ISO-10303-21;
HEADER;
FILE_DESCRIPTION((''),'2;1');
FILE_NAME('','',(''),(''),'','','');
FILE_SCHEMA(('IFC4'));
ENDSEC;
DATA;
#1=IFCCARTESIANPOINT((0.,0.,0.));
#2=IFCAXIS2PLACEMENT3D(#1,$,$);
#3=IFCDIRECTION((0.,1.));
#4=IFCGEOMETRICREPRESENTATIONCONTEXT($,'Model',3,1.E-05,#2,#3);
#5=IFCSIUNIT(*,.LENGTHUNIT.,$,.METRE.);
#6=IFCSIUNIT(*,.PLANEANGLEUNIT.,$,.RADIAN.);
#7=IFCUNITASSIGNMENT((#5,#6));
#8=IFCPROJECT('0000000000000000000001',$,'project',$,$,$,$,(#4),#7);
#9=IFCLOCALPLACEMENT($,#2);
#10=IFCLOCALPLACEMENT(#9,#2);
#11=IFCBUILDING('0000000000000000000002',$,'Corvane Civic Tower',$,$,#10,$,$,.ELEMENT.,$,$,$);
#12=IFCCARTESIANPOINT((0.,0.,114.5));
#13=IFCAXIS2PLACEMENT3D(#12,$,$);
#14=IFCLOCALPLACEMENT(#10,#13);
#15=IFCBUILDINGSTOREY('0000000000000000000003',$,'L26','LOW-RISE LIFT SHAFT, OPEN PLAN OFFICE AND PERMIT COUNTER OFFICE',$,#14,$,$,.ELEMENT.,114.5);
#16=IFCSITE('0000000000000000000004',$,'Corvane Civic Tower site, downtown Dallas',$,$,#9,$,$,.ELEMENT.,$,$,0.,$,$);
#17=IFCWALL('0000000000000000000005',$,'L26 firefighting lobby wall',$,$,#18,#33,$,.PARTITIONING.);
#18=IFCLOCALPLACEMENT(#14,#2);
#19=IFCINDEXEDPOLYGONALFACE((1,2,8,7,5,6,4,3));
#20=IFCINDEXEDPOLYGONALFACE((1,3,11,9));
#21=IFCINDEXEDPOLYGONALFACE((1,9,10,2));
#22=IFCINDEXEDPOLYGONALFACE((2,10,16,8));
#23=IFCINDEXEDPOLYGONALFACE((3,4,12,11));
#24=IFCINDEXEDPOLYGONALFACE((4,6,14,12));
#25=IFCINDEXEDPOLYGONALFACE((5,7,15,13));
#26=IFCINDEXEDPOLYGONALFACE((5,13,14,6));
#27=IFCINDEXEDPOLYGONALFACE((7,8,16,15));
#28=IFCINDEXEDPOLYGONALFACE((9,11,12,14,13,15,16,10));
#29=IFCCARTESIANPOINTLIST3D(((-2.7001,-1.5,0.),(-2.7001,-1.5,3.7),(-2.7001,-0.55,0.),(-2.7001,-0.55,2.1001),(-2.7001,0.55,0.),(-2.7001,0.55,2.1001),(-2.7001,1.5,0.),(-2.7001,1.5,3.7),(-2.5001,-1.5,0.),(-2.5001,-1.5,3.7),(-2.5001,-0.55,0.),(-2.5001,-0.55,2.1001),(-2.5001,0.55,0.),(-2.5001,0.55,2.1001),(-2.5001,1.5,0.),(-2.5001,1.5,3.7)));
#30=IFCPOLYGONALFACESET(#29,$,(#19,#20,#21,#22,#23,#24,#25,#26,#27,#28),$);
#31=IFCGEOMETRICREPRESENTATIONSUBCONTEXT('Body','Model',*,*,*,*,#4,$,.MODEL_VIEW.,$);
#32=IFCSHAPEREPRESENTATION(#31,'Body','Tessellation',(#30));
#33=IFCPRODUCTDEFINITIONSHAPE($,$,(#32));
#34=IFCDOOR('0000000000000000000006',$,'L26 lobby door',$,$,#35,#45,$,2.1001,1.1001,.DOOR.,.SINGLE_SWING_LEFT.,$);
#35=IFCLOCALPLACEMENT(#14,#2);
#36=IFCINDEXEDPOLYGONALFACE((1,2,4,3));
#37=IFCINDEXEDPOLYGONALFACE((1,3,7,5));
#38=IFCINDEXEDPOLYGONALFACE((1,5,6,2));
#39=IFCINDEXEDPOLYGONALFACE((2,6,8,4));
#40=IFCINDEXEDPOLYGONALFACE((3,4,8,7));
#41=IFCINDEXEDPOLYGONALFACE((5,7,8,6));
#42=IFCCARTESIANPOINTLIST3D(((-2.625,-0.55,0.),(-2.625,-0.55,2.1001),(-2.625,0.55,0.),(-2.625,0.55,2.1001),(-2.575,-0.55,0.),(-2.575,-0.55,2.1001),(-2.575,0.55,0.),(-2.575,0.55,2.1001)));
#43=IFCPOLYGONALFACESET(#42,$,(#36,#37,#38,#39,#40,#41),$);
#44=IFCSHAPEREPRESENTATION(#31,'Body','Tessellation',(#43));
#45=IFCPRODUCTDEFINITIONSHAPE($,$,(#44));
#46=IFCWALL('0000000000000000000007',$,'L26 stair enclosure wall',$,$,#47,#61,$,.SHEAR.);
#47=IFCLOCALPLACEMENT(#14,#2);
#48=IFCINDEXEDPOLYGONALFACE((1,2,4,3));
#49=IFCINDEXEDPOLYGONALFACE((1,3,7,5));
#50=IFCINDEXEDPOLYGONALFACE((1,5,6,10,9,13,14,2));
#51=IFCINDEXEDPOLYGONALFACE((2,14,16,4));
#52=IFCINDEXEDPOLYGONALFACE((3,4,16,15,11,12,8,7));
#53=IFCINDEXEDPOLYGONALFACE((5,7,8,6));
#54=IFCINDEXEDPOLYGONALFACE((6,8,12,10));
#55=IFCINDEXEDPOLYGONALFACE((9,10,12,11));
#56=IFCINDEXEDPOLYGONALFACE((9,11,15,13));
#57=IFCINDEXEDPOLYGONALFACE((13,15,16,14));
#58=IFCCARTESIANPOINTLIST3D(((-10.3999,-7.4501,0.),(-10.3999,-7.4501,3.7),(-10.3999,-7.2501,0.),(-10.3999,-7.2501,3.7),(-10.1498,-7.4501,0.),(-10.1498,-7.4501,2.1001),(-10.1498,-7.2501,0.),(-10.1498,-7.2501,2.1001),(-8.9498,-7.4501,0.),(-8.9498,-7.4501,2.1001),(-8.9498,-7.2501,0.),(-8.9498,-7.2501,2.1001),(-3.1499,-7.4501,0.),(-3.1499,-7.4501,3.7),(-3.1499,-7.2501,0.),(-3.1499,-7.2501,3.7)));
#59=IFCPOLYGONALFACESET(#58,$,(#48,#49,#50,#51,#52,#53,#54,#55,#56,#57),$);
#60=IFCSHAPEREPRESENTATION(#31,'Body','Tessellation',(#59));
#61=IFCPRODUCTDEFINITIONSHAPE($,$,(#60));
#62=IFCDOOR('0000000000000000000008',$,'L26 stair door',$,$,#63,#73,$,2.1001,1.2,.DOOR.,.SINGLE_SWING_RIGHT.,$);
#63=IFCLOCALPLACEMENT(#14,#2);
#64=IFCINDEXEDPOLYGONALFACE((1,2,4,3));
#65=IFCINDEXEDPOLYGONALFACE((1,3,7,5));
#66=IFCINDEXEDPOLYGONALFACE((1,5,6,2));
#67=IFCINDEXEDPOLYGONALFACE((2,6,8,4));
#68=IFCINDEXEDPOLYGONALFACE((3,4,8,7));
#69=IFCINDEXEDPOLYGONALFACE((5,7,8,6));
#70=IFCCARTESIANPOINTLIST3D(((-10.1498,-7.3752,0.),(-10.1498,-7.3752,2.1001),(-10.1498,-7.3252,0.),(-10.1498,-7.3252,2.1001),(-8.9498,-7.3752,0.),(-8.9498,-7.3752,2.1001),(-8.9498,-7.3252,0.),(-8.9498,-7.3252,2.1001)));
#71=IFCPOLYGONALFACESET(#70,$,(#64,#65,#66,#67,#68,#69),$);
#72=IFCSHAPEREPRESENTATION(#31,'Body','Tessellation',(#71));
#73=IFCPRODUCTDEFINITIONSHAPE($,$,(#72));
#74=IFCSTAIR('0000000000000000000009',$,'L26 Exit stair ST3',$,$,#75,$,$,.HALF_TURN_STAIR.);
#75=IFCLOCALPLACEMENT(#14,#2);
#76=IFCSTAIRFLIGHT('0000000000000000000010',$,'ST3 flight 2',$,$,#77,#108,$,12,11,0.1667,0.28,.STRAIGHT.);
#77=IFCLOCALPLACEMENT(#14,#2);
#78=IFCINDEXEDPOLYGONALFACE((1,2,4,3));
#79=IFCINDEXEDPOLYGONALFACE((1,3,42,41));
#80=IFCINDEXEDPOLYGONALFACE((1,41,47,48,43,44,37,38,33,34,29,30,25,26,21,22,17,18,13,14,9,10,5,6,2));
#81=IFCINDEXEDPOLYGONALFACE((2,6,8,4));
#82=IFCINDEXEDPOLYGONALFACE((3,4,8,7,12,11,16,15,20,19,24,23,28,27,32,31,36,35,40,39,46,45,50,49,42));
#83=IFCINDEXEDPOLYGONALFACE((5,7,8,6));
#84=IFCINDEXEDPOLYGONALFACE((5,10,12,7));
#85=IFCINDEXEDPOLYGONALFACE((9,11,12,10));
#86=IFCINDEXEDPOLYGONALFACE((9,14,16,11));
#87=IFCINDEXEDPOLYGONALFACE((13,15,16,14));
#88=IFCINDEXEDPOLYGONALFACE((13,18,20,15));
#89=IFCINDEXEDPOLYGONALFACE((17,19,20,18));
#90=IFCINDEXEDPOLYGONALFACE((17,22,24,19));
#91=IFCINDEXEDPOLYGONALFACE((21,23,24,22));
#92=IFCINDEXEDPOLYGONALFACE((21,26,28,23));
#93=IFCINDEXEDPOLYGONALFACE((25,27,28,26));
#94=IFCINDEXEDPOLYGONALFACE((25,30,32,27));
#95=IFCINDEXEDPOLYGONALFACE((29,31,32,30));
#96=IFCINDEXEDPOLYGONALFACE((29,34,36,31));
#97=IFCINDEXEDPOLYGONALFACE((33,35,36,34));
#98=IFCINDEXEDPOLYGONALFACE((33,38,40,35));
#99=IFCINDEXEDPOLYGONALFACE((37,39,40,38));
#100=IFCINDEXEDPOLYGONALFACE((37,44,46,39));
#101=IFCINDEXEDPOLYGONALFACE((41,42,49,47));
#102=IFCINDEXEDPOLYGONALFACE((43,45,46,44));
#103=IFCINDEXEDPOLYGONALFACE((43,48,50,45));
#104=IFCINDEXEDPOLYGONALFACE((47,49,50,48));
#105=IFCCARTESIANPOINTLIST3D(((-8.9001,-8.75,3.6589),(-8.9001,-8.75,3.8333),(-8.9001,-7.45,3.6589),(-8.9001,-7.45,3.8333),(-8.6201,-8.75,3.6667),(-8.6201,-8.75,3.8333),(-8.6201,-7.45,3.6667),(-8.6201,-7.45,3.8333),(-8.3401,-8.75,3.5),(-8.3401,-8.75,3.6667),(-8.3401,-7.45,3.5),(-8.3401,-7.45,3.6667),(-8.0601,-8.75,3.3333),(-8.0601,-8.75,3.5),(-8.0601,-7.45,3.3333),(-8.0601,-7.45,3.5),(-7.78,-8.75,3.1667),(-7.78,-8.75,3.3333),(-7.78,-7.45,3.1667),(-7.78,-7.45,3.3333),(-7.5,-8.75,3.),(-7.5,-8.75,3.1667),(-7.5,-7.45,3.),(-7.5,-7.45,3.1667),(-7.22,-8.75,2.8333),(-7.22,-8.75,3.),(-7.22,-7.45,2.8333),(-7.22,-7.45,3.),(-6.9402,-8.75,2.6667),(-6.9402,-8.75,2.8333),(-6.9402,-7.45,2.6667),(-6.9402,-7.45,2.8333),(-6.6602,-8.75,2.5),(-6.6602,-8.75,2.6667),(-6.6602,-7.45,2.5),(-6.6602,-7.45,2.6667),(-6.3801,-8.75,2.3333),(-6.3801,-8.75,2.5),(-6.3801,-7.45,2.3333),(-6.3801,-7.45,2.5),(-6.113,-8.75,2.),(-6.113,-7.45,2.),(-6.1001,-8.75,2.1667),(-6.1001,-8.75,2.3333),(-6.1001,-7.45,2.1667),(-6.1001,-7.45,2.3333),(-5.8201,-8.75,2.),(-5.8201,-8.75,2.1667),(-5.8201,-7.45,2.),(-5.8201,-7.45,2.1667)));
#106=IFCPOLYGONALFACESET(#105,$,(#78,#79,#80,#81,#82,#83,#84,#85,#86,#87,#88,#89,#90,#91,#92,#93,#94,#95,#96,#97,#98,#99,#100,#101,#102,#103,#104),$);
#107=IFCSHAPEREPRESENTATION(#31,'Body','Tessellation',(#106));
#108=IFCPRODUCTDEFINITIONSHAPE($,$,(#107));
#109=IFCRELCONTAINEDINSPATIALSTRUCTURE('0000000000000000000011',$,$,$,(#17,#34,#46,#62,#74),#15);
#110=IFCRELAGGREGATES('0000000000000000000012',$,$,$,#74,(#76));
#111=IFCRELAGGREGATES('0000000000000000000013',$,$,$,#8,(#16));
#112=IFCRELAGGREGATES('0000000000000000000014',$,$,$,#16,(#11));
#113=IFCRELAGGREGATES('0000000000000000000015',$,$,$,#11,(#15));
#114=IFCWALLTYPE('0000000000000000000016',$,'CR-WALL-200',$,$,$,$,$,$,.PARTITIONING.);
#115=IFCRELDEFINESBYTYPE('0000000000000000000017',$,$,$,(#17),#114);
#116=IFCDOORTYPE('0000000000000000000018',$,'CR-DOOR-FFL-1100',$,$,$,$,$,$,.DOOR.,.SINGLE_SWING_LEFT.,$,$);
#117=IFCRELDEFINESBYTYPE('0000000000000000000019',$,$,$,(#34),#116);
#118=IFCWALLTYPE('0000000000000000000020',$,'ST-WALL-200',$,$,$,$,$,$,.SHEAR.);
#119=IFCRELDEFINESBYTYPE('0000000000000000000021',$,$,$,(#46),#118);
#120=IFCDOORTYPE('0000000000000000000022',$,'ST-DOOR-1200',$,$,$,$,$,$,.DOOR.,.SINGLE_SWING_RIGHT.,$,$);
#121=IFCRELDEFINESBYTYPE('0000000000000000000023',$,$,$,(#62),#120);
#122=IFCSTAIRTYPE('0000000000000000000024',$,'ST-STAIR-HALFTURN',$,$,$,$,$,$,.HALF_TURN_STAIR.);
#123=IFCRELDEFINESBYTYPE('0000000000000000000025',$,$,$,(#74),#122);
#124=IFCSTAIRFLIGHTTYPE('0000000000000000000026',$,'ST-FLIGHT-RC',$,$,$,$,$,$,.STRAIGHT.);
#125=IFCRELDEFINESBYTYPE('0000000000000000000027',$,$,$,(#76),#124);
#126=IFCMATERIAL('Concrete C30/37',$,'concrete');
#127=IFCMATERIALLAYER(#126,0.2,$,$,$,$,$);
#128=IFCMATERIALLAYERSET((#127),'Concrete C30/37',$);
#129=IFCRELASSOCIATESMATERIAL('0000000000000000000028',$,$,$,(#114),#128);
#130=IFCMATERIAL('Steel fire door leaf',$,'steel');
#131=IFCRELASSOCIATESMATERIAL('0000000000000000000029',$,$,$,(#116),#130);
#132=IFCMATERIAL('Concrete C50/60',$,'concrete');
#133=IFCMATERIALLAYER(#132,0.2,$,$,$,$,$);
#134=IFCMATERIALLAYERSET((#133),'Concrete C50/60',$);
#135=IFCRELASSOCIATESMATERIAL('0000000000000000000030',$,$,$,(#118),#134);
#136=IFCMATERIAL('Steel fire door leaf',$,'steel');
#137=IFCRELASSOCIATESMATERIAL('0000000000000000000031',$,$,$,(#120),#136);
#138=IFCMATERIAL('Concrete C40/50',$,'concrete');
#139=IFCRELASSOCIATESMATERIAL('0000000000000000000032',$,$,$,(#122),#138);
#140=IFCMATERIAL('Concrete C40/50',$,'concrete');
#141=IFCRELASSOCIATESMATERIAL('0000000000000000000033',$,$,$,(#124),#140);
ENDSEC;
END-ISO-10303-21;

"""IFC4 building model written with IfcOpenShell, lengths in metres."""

from ifc_helpers import new_model, si_unit, direction, frame, frame_2d, origin, place, context, subcontext, project, spatial, polyline, rectangle, outline, extrude, material, layer, layer_set, type_object, element, fill, aggregate, save


model = new_model("IFC4")

# Units and contexts
model_context = context("Model", 3, precision=1e-05, world=origin(), true_north=direction((0.0, 1.0)))
body_context = subcontext(model_context, "Body", "Model", "MODEL_VIEW")
ifc_project = project(units=[si_unit("LENGTHUNIT", "METRE"), si_unit("PLANEANGLEUNIT", "RADIAN")], contexts=[model_context])

# Site, building, storey
site_placement = place(None, origin())
site = spatial("IfcSite", under=ifc_project, at=site_placement, Name="Corvane Civic Tower site, downtown Dallas", CompositionType="ELEMENT", RefElevation=0.0)
building_placement = place(site_placement, origin())
building = spatial("IfcBuilding", under=site, at=building_placement, Name="Corvane Civic Tower", CompositionType="ELEMENT")
storey_placement = place(building_placement, frame((0.0, 0.0, 114.5)))
storey = spatial("IfcBuildingStorey", under=building, at=storey_placement, Name="L26", Description="LOW-RISE LIFT SHAFT, OPEN PLAN OFFICE AND PERMIT COUNTER OFFICE", CompositionType="ELEMENT", Elevation=114.5)

# Shared definitions
ifc_material_1 = material(Name="Concrete C30/37", Category="concrete")
ifc_layer_1 = layer(ifc_material_1, 0.2)
ifc_layer_set_1 = layer_set([ifc_layer_1], Name="Concrete C30/37")
wall_type_1 = type_object("IfcWallType", Name="CR-WALL-200", PredefinedType="PARTITIONING", material=ifc_layer_set_1)

# Walls, openings, doors
ifc_material_2 = material(Name="Steel fire door leaf", Category="steel")
door_type_1 = type_object("IfcDoorType", Name="CR-DOOR-FFL-1100", OperationType="SINGLE_SWING_LEFT", PredefinedType="DOOR", material=ifc_material_2)
wall_1_placement = place(storey_placement, frame((-2.6001, -1.5, 0.0), z_axis=(0.0, 0.0, 1.0), x_axis=(0.0, 1.0, 0.0)))
wall_1 = element("IfcWall", 1, at=wall_1_placement, inside=storey, type_object=wall_type_1, Name="L26 firefighting lobby wall", PredefinedType="PARTITIONING", context=body_context, shape_type="SweptSolid", body=[
    extrude(rectangle(XDim=3.0, YDim=0.2, at=frame_2d((1.5, 0.0))), origin(), (0.0, 0.0, 1.0), 3.7),
])
opening_1_placement = place(wall_1_placement, frame((0.95, 0.0, 0.0)))
opening_1 = element("IfcOpeningElement", 2, at=opening_1_placement, cuts=wall_1, PredefinedType="OPENING", context=body_context, shape_type="SweptSolid", body=[
    extrude(rectangle(XDim=1.1001, YDim=2.1001, at=frame_2d((0.55, 1.05))), frame((0.0, 0.1099, 0.0), z_axis=(0.0, -1.0, 0.0), x_axis=(1.0, 0.0, 0.0)), (0.0, 0.0, 1.0), 0.22),
])
door_1_placement = place(opening_1_placement, origin())
door_1 = element("IfcDoor", 3, at=door_1_placement, inside=storey, type_object=door_type_1, Name="L26 lobby door", OperationType="SINGLE_SWING_LEFT", OverallHeight=2.1001, OverallWidth=1.1001, PredefinedType="DOOR", context=body_context, shape_type="SweptSolid", body=[
    extrude(rectangle(XDim=1.1001, YDim=2.1001, at=frame_2d((0.55, 1.05))), frame((0.0, 0.0249, 0.0), z_axis=(0.0, -1.0, 0.0), x_axis=(1.0, 0.0, 0.0)), (0.0, 0.0, 1.0), 0.05),
])
fill(opening_1, door_1)
ifc_material_3 = material(Name="Concrete C50/60", Category="concrete")
ifc_layer_2 = layer(ifc_material_3, 0.2)
ifc_layer_set_2 = layer_set([ifc_layer_2], Name="Concrete C50/60")
wall_type_2 = type_object("IfcWallType", Name="ST-WALL-200", PredefinedType="SHEAR", material=ifc_layer_set_2)
wall_2_placement = place(storey_placement, frame((-10.3999, -7.3501, 0.0), z_axis=(0.0, 0.0, 1.0), x_axis=(1.0, 0.0, 0.0)))
wall_2 = element("IfcWall", 4, at=wall_2_placement, inside=storey, type_object=wall_type_2, Name="L26 stair enclosure wall", PredefinedType="SHEAR", context=body_context, shape_type="SweptSolid", body=[
    extrude(rectangle(XDim=7.25, YDim=0.2, at=frame_2d((3.625, 0.0))), origin(), (0.0, 0.0, 1.0), 3.7),
])
opening_2_placement = place(wall_2_placement, frame((0.25, 0.0, 0.0)))
opening_2 = element("IfcOpeningElement", 5, at=opening_2_placement, cuts=wall_2, PredefinedType="OPENING", context=body_context, shape_type="SweptSolid", body=[
    extrude(rectangle(XDim=1.2, YDim=2.1001, at=frame_2d((0.6001, 1.05))), frame((0.0, 0.1099, 0.0), z_axis=(0.0, -1.0, 0.0), x_axis=(1.0, 0.0, 0.0)), (0.0, 0.0, 1.0), 0.22),
])
ifc_material_4 = material(Name="Steel fire door leaf", Category="steel")
door_type_2 = type_object("IfcDoorType", Name="ST-DOOR-1200", OperationType="SINGLE_SWING_RIGHT", PredefinedType="DOOR", material=ifc_material_4)
door_2_placement = place(opening_2_placement, origin())
door_2 = element("IfcDoor", 6, at=door_2_placement, inside=storey, type_object=door_type_2, Name="L26 stair door", OperationType="SINGLE_SWING_RIGHT", OverallHeight=2.1001, OverallWidth=1.2, PredefinedType="DOOR", context=body_context, shape_type="SweptSolid", body=[
    extrude(rectangle(XDim=1.2, YDim=2.1001, at=frame_2d((0.6001, 1.05))), frame((0.0, 0.0249, 0.0), z_axis=(0.0, -1.0, 0.0), x_axis=(1.0, 0.0, 0.0)), (0.0, 0.0, 1.0), 0.05),
])
fill(opening_2, door_2)

# Stair, stair flight
ifc_material_5 = material(Name="Concrete C40/50", Category="concrete")
stair_type = type_object("IfcStairType", Name="ST-STAIR-HALFTURN", PredefinedType="HALF_TURN_STAIR", material=ifc_material_5)
stair_placement = place(storey_placement, origin())
stair = element("IfcStair", 7, at=stair_placement, inside=storey, type_object=stair_type, Name="L26 Exit stair ST3", PredefinedType="HALF_TURN_STAIR")
ifc_material_6 = material(Name="Concrete C40/50", Category="concrete")
stair_flight_type = type_object("IfcStairFlightType", Name="ST-FLIGHT-RC", PredefinedType="STRAIGHT", material=ifc_material_6)
stair_flight_placement = place(storey_placement, frame((-5.8201, -8.1001, 2.0), z_axis=(0.0, 0.0, 1.0), x_axis=(-1.0, 0.0, 0.0)))
stair_flight = element("IfcStairFlight", 8, at=stair_flight_placement, type_object=stair_flight_type, Name="ST3 flight 2", NumberOfRisers=12, NumberOfTreads=11, PredefinedType="STRAIGHT", RiserHeight=0.1667, TreadLength=0.28, context=body_context, shape_type="SweptSolid", body=[
    extrude(outline(polyline([(0.0, 0.0), (0.0, 0.1667), (0.28, 0.1667), (0.28, 0.3333), (0.5601, 0.3333), (0.5601, 0.5), (0.8401, 0.5), (0.8401, 0.6667), (1.1201, 0.6667), (1.1201, 0.8333), (1.3999, 0.8333), (1.3999, 1.0), (1.6799, 1.0), (1.6799, 1.1667), (1.96, 1.1667), (1.96, 1.3333), (2.24, 1.3333), (2.24, 1.5), (2.52, 1.5), (2.52, 1.6667), (2.8, 1.6667), (2.8, 1.8333), (3.0801, 1.8333), (3.0801, 2.0), (3.0801, 1.6589), (0.293, 0.0), (0.0, 0.0)])), frame((0.0, 0.6499, 0.0), z_axis=(0.0, -1.0, 0.0), x_axis=(1.0, 0.0, 0.0)), (0.0, 0.0, 1.0), 1.3),
])
aggregate(stair, [stair_flight])

save(model, "model.ifc")
